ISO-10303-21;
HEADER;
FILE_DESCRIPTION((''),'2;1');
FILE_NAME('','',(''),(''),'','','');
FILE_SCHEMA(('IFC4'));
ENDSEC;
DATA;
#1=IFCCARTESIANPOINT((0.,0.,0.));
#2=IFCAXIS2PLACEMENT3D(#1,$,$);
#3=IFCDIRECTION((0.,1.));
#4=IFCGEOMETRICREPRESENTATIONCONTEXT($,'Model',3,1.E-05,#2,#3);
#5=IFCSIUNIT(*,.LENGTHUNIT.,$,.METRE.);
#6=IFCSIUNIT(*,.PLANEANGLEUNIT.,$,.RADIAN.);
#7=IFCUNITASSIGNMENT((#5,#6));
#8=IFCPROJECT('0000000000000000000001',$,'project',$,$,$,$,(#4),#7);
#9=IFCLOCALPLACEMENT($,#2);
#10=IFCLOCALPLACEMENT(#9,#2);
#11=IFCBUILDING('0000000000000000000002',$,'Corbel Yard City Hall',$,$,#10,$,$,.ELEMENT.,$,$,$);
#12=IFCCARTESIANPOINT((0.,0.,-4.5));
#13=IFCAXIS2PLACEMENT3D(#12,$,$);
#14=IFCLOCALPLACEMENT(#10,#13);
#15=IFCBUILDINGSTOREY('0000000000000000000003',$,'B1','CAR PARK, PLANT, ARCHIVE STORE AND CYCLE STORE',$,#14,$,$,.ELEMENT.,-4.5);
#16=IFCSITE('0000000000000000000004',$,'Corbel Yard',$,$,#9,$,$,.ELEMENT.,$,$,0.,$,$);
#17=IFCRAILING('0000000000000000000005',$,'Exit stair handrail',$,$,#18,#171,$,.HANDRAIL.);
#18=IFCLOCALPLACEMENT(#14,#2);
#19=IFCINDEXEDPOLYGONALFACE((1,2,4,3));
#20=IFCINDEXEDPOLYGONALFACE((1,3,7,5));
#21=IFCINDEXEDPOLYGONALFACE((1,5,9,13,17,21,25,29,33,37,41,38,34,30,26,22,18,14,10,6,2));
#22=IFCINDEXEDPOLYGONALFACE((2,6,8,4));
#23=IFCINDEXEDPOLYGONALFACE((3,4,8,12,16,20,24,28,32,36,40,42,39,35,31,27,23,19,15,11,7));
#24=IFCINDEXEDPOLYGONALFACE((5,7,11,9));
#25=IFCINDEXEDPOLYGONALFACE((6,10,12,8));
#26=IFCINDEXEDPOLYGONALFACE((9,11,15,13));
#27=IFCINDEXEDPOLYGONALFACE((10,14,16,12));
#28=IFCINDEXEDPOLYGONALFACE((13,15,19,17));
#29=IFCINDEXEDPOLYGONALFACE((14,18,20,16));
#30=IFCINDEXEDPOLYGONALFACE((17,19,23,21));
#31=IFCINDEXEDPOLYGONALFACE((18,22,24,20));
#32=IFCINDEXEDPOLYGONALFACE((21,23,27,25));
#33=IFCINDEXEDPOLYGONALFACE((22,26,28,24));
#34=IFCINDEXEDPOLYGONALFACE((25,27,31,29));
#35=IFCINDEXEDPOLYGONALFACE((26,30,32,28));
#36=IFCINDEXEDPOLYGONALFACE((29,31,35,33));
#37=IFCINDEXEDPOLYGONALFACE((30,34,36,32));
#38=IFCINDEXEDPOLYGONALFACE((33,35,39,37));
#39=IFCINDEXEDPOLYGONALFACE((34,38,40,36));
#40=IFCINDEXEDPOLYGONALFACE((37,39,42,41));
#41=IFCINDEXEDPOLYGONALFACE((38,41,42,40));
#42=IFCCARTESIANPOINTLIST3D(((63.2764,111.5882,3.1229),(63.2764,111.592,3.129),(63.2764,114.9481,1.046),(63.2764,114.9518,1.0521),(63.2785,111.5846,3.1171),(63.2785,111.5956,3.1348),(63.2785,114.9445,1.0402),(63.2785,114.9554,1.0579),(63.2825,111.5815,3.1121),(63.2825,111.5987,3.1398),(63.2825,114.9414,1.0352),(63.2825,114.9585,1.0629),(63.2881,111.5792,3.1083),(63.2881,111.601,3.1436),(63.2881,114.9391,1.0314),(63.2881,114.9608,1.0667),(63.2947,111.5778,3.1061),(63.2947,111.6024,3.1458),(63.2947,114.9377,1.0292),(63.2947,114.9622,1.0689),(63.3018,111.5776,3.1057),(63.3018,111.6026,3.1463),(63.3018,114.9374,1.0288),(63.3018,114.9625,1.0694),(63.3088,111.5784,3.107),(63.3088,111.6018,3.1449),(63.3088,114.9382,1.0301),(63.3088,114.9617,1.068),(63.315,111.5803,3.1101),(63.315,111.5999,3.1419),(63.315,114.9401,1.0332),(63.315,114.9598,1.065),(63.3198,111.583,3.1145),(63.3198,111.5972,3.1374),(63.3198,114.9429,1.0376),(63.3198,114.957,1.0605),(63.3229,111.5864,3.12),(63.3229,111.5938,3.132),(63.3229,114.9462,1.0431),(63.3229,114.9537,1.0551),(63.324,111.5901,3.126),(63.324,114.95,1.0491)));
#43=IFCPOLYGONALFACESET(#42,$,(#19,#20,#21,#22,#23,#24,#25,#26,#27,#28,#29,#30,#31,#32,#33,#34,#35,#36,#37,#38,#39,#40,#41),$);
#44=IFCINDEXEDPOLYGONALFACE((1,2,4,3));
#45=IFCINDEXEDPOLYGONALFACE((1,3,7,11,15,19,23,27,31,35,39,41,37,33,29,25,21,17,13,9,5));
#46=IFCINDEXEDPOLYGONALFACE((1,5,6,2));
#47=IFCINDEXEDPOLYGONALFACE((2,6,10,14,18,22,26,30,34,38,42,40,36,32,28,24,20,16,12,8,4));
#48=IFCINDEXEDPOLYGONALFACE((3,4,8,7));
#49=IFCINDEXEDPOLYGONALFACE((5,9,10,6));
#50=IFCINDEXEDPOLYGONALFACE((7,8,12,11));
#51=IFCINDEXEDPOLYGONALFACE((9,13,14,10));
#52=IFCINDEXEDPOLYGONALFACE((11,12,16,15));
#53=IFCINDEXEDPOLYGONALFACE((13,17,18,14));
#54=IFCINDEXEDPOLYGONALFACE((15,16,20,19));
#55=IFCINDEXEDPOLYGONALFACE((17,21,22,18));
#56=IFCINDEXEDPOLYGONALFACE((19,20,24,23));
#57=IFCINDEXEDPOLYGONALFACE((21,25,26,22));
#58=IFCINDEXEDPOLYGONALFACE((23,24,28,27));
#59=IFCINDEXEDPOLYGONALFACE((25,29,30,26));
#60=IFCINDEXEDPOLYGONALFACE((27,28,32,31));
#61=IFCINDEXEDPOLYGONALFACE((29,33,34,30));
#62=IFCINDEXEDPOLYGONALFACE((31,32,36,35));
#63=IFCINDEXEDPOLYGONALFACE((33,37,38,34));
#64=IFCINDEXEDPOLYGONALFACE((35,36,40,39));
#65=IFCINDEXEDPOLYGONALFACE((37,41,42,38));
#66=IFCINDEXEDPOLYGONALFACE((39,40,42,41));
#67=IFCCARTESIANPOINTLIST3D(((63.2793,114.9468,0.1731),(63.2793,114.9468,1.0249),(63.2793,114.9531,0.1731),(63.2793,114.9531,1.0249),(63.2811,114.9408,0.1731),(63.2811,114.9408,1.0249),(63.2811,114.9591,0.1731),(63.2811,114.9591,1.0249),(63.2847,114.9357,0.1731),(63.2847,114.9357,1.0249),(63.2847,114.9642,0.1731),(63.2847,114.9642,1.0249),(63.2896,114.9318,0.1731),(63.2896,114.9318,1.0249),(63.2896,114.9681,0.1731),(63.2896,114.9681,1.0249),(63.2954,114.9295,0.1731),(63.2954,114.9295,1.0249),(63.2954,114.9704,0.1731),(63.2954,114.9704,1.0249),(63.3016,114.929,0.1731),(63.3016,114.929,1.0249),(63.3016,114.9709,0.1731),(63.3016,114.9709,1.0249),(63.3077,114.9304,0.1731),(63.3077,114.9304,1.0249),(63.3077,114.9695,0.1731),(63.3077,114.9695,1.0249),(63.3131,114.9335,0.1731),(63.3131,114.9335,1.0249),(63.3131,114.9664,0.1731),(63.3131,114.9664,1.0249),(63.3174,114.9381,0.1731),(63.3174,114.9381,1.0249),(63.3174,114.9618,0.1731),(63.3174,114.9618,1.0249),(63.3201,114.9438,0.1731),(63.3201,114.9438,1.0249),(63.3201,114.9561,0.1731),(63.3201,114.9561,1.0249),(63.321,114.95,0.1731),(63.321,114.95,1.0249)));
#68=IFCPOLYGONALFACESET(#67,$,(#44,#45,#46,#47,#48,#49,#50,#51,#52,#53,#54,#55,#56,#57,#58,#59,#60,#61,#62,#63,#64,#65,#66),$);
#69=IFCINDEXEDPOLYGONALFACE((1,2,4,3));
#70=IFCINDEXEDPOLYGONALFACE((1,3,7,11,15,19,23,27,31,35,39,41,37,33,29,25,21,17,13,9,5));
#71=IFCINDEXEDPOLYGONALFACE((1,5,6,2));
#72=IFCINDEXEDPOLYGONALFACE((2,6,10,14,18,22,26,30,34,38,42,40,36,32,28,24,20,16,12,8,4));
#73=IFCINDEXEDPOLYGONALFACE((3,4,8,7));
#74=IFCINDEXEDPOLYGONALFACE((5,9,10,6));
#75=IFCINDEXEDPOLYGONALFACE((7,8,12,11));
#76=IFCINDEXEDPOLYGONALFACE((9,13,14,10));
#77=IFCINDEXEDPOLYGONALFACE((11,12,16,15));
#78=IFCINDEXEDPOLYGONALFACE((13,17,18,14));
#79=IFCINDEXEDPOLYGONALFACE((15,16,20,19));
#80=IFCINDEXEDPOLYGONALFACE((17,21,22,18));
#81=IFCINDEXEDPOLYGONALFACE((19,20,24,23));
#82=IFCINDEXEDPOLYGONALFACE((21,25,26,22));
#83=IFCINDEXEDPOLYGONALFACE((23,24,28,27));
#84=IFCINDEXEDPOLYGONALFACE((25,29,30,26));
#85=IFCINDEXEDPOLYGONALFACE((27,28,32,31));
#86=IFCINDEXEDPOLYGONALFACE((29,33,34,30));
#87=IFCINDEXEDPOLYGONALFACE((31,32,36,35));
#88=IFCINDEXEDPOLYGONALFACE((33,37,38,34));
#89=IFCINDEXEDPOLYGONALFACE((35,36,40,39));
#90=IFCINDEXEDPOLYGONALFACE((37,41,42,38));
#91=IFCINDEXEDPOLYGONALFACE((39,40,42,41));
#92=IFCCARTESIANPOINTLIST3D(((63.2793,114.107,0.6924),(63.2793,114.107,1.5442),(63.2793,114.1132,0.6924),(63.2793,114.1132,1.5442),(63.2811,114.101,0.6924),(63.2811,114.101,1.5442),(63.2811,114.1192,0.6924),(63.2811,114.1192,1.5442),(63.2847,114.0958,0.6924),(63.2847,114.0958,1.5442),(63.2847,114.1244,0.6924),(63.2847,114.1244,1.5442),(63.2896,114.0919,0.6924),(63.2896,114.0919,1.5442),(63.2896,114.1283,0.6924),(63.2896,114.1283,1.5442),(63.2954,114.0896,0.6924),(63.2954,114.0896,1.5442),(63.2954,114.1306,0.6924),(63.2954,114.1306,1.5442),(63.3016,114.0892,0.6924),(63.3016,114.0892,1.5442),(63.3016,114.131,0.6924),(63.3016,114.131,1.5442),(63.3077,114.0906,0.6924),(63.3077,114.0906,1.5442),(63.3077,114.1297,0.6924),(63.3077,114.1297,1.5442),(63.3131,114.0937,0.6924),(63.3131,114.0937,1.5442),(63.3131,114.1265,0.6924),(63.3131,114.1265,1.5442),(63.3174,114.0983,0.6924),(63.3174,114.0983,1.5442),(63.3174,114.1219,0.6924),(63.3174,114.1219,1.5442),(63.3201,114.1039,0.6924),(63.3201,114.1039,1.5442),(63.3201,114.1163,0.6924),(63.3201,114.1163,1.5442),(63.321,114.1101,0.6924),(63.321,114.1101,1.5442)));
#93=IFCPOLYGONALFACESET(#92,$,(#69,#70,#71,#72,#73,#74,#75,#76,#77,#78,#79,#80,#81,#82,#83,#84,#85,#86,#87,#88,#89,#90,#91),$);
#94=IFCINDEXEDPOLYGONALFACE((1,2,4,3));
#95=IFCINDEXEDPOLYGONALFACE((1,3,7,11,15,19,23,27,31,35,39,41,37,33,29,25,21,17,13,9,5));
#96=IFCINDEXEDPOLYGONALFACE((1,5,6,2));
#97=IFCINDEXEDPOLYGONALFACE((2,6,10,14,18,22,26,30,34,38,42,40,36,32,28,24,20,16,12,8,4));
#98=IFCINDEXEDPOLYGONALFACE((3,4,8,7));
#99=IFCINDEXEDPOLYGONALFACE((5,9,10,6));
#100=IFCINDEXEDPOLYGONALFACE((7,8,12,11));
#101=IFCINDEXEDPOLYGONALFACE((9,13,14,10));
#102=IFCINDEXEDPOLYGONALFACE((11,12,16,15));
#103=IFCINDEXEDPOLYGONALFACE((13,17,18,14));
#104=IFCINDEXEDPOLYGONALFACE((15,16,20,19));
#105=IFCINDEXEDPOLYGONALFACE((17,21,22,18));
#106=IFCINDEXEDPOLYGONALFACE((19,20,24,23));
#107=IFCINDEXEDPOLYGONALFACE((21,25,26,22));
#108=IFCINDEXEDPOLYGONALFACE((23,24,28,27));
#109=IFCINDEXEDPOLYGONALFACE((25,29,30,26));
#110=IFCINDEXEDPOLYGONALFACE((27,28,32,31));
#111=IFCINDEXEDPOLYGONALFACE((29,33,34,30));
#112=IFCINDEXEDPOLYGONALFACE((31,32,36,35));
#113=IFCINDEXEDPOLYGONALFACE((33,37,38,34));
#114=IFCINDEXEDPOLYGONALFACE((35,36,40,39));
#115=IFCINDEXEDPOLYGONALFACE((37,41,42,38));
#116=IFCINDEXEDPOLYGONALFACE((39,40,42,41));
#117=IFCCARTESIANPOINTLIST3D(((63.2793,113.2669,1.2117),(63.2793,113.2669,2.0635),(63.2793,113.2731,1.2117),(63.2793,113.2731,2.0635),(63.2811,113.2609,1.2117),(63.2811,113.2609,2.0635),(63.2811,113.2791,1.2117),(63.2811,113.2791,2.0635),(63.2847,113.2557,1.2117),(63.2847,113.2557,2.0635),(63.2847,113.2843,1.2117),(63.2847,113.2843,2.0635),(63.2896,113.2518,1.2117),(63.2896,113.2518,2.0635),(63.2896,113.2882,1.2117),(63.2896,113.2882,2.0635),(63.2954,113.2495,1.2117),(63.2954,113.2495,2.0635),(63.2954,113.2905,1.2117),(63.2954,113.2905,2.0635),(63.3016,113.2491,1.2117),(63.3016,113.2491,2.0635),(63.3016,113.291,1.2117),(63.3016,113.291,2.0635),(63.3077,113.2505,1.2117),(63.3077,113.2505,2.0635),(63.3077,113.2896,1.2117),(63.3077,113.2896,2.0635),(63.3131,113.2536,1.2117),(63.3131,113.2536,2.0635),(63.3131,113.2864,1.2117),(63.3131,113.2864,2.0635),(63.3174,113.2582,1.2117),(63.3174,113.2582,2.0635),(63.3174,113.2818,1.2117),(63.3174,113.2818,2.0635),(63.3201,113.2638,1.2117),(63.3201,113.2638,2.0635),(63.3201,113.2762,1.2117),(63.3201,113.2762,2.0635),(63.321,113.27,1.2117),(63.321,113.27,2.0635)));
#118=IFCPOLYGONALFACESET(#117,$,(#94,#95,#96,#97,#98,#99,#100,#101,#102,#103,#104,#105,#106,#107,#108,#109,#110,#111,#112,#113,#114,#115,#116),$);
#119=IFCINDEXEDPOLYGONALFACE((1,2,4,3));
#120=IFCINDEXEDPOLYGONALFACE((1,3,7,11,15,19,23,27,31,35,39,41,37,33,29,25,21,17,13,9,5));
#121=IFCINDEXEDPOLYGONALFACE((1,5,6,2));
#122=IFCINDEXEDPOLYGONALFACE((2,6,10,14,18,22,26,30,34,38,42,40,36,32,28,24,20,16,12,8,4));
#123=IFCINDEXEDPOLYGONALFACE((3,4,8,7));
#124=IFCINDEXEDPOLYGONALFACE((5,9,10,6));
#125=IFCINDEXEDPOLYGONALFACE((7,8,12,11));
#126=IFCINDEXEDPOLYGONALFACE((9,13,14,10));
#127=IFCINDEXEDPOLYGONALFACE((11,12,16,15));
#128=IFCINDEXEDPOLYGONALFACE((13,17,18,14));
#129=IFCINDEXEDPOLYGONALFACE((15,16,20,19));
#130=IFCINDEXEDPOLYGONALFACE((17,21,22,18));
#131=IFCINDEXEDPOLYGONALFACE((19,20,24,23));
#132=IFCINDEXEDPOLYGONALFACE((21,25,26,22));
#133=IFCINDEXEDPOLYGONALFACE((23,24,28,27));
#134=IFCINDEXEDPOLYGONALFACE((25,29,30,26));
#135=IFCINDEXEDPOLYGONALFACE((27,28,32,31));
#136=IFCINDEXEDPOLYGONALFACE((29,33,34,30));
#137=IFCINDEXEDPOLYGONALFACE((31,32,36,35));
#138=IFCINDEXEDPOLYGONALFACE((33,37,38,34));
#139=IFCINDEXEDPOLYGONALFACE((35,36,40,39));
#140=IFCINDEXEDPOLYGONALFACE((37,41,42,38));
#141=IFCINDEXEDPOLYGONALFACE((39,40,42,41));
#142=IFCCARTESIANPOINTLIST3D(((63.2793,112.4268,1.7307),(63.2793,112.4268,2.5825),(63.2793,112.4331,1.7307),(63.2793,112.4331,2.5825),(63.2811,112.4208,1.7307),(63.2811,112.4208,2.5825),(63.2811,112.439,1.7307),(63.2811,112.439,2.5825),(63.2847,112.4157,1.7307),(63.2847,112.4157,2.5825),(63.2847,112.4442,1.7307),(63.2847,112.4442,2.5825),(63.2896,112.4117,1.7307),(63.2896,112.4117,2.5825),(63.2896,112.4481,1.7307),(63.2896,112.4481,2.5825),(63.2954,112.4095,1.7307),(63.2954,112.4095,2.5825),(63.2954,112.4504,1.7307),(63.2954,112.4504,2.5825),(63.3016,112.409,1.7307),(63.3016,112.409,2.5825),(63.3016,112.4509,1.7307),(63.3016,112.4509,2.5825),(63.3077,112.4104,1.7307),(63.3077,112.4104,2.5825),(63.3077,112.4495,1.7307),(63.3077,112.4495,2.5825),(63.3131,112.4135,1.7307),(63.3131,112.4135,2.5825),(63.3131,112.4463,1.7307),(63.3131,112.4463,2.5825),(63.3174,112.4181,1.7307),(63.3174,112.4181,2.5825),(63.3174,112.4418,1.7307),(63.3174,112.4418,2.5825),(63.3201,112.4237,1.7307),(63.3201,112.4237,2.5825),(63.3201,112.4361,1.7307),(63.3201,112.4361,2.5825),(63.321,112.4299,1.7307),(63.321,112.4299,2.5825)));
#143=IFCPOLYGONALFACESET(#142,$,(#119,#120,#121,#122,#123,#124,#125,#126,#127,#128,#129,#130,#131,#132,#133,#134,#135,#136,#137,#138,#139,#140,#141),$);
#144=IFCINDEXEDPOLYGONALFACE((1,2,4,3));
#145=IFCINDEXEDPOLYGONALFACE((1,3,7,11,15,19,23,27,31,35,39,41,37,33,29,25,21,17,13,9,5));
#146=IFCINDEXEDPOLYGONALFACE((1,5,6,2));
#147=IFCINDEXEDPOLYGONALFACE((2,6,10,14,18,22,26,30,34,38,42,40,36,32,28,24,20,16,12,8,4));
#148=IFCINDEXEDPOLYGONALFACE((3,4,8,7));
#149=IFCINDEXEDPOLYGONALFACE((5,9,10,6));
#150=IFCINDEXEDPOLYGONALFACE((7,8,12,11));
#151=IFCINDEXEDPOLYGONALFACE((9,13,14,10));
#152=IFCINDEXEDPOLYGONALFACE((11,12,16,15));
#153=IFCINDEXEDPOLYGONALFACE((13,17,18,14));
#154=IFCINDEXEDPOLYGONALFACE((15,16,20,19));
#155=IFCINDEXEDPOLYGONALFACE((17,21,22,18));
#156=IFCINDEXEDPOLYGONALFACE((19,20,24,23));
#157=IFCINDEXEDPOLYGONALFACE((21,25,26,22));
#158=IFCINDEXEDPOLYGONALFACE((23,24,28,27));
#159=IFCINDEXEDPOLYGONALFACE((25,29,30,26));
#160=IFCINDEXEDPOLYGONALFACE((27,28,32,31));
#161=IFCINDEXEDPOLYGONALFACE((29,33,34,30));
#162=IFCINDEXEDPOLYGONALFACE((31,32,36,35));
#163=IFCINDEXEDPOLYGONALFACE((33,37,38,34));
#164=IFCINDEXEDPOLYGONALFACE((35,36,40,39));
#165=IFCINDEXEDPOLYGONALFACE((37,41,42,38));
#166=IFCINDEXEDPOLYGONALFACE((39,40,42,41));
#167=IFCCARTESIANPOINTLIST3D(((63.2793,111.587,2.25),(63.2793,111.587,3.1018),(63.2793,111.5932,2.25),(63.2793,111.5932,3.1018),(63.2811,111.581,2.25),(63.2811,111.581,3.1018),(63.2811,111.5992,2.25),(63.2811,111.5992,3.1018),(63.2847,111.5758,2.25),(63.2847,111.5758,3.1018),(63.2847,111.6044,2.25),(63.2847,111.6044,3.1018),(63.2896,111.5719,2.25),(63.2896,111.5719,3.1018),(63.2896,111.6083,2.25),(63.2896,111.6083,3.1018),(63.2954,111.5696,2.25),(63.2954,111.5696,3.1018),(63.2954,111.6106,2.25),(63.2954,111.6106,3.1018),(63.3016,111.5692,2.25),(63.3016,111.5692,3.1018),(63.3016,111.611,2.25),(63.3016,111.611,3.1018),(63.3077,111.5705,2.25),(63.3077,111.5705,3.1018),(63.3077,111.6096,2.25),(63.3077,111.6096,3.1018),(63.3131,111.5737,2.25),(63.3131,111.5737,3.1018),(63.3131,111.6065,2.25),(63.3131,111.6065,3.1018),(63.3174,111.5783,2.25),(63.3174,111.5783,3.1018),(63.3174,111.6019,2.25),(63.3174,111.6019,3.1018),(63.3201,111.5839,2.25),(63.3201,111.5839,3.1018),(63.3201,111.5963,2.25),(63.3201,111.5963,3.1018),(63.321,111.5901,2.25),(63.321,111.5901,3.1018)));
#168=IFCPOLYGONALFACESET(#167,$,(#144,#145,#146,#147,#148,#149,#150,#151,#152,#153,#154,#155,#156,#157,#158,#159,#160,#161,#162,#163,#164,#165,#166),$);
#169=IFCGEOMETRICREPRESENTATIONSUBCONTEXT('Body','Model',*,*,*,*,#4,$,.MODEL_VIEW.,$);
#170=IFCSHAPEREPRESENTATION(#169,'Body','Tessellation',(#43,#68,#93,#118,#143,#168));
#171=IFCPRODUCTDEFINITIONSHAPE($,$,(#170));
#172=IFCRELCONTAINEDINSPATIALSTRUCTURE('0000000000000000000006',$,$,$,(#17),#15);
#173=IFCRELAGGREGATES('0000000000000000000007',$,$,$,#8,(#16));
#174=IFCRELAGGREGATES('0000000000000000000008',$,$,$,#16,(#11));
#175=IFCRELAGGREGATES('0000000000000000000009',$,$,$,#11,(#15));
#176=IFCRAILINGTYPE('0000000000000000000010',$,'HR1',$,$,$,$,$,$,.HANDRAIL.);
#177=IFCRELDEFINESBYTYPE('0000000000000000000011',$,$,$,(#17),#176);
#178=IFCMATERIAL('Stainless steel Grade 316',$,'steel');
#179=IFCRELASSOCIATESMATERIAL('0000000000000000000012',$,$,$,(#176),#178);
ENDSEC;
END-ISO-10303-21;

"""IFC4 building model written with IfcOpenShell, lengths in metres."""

from ifc_helpers import new_model, si_unit, direction, frame, origin, origin_2d, place, context, subcontext, project, spatial, circle, extrude, material, type_object, element, save


model = new_model("IFC4")

# Units and contexts
model_context = context("Model", 3, precision=1e-05, world=origin(), true_north=direction((0.0, 1.0)))
body_context = subcontext(model_context, "Body", "Model", "MODEL_VIEW")
ifc_project = project(units=[si_unit("LENGTHUNIT", "METRE"), si_unit("PLANEANGLEUNIT", "RADIAN")], contexts=[model_context])

# Site, building, storey
site_placement = place(None, origin())
site = spatial("IfcSite", under=ifc_project, at=site_placement, Name="Corbel Yard", CompositionType="ELEMENT", RefElevation=0.0)
building_placement = place(site_placement, origin())
building = spatial("IfcBuilding", under=site, at=building_placement, Name="Corbel Yard City Hall", CompositionType="ELEMENT")
storey_placement = place(building_placement, frame((0.0, 0.0, -4.5)))
storey = spatial("IfcBuildingStorey", under=building, at=storey_placement, Name="B1", Description="CAR PARK, PLANT, ARCHIVE STORE AND CYCLE STORE", CompositionType="ELEMENT", Elevation=-4.5)

# Railing
ifc_material_1 = material(Name="Stainless steel Grade 316", Category="steel")
railing_type = type_object("IfcRailingType", Name="HR1", PredefinedType="HANDRAIL", material=ifc_material_1)
for number, where, name in (
    (1, (63.3, 114.95, 0.1731), "Exit stair handrail"),
):
    element("IfcRailing", number, at=place(storey_placement, frame(where)), inside=storey, type_object=railing_type, Name=name, PredefinedType="HANDRAIL", context=body_context, shape_type="SweptSolid", body=[
        extrude(circle(Radius=0.0239, at=origin_2d()), frame((0.0, 0.0, 0.876), z_axis=(0.0, -0.850606, 0.525803), x_axis=(1.0, 0.0, 0.0)), (0.0, 0.0, 1.0), 3.95),
        extrude(circle(Radius=0.021, at=origin_2d()), origin(), (0.0, 0.0, 1.0), 0.8518),
        extrude(circle(Radius=0.021, at=origin_2d()), frame((0.0, -0.8398, 0.5193)), (0.0, 0.0, 1.0), 0.8518),
        extrude(circle(Radius=0.021, at=origin_2d()), frame((0.0, -1.6799, 1.0386)), (0.0, 0.0, 1.0), 0.8518),
        extrude(circle(Radius=0.021, at=origin_2d()), frame((0.0, -2.52, 1.5576)), (0.0, 0.0, 1.0), 0.8518),
        extrude(circle(Radius=0.021, at=origin_2d()), frame((0.0, -3.3599, 2.0769)), (0.0, 0.0, 1.0), 0.8518),
    ])

save(model, "model.ifc")
